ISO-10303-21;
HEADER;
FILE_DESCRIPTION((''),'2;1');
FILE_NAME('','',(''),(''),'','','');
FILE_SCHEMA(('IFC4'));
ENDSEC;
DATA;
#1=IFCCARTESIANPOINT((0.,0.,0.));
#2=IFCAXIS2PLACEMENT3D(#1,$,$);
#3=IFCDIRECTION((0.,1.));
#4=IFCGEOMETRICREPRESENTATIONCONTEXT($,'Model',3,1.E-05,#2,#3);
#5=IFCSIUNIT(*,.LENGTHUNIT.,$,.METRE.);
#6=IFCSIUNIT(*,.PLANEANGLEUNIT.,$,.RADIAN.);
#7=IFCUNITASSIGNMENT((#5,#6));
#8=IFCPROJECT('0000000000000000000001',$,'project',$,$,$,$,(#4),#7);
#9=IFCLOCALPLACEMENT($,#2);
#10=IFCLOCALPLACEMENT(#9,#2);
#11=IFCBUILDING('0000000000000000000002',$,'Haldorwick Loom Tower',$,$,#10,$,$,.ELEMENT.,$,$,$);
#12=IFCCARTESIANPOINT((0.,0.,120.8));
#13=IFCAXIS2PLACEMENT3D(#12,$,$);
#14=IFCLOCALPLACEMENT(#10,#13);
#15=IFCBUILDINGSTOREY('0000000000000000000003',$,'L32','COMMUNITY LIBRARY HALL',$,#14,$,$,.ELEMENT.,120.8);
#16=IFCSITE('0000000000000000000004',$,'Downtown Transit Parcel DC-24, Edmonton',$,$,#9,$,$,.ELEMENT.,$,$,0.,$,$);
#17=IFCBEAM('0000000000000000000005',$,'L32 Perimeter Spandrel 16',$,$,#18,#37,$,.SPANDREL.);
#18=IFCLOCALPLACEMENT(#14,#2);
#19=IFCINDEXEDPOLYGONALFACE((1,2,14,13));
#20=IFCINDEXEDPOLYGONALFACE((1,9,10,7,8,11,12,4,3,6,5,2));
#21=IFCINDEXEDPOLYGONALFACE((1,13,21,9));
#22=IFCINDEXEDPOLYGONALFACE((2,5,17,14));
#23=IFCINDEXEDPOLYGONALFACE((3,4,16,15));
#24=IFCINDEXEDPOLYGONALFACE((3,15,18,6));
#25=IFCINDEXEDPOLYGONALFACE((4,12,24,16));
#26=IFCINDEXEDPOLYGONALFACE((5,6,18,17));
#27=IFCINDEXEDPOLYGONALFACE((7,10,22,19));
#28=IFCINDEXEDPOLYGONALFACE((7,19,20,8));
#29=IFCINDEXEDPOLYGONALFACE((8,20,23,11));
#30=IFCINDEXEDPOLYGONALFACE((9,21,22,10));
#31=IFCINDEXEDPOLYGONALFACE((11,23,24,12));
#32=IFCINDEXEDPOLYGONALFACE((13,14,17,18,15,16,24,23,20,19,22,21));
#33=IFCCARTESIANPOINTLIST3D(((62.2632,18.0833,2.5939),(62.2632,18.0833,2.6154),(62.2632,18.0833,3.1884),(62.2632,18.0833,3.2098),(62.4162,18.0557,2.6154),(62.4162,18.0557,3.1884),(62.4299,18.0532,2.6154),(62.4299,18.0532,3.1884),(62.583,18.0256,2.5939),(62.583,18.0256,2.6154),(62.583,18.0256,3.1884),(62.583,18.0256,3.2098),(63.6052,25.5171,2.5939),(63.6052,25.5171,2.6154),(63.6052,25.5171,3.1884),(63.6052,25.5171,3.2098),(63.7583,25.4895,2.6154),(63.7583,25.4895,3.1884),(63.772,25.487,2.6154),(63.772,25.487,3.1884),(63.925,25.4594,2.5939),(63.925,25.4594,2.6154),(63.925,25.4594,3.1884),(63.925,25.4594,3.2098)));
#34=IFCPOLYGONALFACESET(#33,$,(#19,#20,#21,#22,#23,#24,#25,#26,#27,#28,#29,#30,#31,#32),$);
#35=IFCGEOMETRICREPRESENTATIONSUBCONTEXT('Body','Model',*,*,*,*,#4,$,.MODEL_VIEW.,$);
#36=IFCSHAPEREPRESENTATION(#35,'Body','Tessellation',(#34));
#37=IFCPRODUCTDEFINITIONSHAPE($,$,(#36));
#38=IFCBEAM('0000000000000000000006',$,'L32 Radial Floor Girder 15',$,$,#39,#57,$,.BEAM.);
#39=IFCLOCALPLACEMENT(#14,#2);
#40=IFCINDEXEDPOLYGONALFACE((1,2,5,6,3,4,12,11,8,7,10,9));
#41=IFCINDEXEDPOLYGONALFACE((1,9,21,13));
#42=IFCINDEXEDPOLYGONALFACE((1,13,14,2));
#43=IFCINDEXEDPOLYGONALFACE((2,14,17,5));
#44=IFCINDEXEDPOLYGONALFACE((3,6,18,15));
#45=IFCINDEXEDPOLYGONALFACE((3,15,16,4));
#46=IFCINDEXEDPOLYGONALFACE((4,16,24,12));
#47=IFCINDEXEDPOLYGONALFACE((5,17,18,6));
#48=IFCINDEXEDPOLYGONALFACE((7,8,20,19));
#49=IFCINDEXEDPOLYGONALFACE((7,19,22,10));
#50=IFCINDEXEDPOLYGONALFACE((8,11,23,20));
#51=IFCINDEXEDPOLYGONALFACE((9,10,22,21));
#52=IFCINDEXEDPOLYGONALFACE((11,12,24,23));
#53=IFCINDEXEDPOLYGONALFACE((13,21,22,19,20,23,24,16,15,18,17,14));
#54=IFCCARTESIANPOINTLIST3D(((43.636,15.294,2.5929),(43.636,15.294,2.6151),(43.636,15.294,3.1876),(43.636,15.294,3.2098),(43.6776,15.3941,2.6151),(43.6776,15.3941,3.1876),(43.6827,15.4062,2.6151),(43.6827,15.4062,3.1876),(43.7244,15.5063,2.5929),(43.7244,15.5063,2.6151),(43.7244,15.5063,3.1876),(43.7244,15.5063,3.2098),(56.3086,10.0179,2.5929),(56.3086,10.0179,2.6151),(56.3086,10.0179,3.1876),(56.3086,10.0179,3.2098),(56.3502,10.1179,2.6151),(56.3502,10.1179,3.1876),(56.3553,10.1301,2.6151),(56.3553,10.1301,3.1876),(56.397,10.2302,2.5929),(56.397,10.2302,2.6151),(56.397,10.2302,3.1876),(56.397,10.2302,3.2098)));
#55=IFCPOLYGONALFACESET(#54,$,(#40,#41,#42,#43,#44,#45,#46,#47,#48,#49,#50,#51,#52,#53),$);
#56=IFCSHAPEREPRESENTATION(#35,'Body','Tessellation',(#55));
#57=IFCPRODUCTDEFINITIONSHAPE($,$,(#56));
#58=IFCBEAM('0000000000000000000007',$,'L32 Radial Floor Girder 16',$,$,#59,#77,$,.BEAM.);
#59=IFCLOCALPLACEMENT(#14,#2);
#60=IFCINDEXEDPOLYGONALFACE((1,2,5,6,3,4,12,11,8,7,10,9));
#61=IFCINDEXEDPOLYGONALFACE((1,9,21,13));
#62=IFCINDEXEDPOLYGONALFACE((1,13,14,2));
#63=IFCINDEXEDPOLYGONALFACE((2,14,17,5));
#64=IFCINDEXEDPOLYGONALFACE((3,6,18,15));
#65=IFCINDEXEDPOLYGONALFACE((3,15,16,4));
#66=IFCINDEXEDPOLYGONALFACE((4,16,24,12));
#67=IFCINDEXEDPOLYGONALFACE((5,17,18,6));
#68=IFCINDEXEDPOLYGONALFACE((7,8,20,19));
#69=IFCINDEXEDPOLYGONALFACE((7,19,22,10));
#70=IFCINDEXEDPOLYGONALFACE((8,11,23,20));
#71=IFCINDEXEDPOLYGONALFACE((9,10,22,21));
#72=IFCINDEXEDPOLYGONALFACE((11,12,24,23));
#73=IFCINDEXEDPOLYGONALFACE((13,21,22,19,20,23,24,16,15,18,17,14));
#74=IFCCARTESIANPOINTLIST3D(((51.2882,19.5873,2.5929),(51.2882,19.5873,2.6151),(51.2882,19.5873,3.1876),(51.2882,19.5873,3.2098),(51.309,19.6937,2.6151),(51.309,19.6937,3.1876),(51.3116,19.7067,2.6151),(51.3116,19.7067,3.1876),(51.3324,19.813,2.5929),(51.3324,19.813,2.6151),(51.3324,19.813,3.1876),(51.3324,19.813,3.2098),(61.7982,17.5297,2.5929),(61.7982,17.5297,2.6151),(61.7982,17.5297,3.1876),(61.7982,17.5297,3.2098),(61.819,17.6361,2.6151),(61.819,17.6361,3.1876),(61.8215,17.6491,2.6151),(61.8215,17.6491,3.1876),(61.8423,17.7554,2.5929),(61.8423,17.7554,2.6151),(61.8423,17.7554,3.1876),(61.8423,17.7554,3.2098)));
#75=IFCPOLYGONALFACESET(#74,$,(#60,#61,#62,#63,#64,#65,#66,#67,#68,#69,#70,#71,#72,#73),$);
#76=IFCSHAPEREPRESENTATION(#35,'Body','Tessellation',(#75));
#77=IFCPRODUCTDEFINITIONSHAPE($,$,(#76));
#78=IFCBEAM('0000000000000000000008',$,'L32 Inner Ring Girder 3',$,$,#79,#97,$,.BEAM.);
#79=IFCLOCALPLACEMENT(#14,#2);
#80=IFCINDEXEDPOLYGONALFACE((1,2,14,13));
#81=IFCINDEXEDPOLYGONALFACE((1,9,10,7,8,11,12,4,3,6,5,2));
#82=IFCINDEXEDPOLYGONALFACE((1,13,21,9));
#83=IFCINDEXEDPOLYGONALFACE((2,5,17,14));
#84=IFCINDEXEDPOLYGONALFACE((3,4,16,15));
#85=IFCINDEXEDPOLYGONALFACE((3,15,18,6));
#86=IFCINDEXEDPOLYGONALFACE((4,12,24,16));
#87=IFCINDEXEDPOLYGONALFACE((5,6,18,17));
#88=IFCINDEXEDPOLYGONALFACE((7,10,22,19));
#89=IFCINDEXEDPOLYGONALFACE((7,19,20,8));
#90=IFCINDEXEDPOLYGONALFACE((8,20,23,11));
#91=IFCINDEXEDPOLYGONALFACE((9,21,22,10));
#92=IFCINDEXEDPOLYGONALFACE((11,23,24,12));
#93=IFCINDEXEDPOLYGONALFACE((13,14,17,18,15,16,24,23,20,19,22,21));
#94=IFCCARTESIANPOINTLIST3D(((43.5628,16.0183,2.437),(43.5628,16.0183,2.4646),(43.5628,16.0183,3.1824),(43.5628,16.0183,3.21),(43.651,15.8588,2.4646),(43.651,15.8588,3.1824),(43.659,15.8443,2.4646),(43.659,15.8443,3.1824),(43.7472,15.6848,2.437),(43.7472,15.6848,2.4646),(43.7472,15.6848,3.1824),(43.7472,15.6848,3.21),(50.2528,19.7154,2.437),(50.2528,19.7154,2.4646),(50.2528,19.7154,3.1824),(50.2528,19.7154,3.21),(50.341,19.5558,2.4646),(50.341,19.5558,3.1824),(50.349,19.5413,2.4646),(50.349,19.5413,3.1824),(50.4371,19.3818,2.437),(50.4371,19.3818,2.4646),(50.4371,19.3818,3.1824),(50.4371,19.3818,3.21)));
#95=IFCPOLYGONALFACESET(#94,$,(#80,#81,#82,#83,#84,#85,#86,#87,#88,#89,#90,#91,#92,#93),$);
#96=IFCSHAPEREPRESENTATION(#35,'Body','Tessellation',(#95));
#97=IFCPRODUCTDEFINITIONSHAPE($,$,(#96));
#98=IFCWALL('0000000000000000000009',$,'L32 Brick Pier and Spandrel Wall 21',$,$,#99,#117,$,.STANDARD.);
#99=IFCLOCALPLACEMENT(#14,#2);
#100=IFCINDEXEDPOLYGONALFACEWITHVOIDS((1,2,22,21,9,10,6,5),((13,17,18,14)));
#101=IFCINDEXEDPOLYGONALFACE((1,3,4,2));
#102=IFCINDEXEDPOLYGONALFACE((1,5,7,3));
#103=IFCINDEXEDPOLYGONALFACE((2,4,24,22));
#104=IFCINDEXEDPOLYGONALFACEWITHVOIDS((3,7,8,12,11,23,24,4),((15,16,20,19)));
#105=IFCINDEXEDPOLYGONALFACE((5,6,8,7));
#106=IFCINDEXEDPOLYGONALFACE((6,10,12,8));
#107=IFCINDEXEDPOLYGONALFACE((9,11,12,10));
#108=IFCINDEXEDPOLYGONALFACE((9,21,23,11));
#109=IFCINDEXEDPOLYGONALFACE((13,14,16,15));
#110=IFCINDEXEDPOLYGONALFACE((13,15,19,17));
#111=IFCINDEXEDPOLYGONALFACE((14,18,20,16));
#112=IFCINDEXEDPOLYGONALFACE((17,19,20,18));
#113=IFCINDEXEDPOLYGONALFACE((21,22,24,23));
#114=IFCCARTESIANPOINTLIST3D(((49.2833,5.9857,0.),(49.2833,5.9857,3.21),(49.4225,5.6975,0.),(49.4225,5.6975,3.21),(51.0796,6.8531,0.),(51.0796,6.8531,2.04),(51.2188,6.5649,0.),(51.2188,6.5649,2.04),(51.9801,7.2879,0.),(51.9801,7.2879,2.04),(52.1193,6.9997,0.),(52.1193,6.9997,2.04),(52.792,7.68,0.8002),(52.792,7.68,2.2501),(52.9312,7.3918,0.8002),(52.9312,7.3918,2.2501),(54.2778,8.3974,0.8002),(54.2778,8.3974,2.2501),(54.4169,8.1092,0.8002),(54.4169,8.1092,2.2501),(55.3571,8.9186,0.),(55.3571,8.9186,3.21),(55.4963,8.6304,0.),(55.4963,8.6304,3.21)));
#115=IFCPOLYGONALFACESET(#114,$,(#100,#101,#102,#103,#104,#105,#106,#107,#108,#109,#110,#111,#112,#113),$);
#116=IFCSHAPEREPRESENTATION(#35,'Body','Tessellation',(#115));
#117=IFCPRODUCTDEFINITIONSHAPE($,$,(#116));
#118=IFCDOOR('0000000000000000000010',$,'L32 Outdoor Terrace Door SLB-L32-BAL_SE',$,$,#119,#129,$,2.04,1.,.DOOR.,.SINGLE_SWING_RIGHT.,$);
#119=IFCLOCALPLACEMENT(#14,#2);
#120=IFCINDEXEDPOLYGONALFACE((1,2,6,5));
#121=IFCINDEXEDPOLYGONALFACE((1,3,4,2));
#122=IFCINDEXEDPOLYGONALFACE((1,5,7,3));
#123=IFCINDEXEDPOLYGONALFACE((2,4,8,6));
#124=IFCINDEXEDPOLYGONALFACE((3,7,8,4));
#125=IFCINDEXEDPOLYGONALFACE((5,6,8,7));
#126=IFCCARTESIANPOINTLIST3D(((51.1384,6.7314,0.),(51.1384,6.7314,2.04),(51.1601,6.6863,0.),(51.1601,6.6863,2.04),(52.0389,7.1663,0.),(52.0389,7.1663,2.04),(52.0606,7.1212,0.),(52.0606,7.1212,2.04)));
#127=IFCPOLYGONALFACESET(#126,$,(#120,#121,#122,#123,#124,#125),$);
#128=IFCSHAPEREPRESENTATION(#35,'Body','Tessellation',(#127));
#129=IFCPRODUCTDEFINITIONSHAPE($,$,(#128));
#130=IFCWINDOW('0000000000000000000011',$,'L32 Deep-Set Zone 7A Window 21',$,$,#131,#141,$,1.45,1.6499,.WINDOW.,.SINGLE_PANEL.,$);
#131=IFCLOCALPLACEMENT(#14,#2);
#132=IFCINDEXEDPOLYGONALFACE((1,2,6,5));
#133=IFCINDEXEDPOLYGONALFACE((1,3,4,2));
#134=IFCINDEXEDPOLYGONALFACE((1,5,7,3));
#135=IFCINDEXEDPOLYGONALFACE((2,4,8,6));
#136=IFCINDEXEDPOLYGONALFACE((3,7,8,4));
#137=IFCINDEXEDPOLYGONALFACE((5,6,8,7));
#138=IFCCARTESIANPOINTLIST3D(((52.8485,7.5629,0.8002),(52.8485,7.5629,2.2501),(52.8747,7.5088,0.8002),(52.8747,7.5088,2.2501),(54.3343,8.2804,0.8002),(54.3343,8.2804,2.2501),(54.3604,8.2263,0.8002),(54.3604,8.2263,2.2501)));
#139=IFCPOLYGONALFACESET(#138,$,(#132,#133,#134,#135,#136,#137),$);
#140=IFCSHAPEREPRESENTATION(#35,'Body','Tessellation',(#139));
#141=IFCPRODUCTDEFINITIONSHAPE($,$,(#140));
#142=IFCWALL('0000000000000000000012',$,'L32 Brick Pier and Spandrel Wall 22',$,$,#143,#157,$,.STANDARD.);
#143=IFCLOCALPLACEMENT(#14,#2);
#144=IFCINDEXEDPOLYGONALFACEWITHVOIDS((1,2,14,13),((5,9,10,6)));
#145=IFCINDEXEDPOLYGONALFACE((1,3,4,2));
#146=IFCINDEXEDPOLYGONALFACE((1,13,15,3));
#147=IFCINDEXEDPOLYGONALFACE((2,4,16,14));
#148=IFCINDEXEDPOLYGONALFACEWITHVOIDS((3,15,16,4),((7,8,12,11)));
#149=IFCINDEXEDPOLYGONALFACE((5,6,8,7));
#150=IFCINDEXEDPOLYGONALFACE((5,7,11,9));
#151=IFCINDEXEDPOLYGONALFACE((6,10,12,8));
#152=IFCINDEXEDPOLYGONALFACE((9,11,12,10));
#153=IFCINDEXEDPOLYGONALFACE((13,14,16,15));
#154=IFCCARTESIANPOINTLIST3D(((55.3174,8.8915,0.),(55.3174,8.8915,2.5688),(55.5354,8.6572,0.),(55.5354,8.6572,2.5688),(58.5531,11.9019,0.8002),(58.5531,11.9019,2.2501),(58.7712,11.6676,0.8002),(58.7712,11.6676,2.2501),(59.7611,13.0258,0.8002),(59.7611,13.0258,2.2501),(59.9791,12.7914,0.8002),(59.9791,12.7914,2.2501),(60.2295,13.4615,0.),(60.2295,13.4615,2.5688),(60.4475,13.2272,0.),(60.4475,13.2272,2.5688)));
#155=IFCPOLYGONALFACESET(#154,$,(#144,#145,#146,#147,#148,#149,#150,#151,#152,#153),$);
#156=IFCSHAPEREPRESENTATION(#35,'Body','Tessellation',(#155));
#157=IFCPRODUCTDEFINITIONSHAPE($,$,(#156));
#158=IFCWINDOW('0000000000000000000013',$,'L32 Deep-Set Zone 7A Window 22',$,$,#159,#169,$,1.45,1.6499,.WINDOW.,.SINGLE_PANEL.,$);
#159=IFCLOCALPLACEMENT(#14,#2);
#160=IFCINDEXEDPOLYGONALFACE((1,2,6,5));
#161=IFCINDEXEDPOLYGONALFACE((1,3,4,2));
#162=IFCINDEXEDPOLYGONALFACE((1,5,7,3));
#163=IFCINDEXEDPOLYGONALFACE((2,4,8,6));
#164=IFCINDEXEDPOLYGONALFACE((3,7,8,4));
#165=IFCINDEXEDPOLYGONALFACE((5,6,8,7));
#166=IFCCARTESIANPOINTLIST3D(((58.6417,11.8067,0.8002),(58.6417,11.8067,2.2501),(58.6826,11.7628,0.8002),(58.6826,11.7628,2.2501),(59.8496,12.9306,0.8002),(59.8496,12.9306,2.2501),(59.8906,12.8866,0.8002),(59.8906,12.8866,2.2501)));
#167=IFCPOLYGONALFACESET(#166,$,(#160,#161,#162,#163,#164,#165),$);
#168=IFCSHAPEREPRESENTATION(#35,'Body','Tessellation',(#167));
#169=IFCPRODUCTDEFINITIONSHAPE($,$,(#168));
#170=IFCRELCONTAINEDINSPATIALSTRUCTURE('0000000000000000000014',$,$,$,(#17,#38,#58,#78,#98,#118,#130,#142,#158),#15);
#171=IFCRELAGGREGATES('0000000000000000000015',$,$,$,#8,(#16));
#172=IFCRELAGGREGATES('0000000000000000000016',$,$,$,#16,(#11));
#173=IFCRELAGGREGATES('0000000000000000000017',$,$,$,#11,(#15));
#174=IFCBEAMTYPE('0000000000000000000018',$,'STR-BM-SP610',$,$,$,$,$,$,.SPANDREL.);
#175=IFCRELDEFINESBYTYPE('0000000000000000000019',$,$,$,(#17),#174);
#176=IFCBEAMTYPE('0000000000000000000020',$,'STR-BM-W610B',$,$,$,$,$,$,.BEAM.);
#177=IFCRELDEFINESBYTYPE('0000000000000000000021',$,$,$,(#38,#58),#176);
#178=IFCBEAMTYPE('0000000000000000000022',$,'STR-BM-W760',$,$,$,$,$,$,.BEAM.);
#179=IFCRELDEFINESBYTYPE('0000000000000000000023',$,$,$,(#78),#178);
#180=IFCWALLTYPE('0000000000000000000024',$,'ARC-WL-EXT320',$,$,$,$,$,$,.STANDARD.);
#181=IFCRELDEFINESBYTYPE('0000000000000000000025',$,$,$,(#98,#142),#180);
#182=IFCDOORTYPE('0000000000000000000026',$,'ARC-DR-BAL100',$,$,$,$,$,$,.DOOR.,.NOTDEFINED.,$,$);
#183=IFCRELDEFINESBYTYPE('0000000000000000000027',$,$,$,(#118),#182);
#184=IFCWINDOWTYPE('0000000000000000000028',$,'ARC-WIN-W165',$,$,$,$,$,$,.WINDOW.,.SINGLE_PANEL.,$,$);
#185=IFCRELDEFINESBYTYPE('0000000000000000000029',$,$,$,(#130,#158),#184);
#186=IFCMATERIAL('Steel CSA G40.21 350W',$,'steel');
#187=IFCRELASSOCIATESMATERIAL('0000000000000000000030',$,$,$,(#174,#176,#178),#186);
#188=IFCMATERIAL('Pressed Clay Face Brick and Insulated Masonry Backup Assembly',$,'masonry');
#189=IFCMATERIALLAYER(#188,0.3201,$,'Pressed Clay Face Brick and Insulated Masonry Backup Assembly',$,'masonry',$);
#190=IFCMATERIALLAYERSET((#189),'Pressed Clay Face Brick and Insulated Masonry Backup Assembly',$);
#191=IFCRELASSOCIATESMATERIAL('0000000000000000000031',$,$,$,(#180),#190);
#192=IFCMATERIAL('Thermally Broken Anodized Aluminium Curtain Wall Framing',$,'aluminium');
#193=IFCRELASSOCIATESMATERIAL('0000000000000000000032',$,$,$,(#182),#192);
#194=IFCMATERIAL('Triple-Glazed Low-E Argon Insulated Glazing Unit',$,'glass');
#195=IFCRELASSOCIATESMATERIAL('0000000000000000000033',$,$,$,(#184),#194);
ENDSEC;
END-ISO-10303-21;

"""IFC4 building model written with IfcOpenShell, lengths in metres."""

from ifc_helpers import new_model, si_unit, direction, frame, frame_2d, origin, origin_2d, place, context, subcontext, project, spatial, rectangle, i_section, extrude, material, layer, layer_set, material_profile, profile_set, type_object, element, fill, save


model = new_model("IFC4")

# Units and contexts
model_context = context("Model", 3, precision=1e-05, world=origin(), true_north=direction((0.0, 1.0)))
body_context = subcontext(model_context, "Body", "Model", "MODEL_VIEW")
ifc_project = project(units=[si_unit("LENGTHUNIT", "METRE"), si_unit("PLANEANGLEUNIT", "RADIAN")], contexts=[model_context])

# Site, building, storey
site_placement = place(None, origin())
site = spatial("IfcSite", under=ifc_project, at=site_placement, Name="Downtown Transit Parcel DC-24, Edmonton", CompositionType="ELEMENT", RefElevation=0.0)
building_placement = place(site_placement, origin())
building = spatial("IfcBuilding", under=site, at=building_placement, Name="Haldorwick Loom Tower", CompositionType="ELEMENT")
storey_placement = place(building_placement, frame((0.0, 0.0, 120.8)))
storey = spatial("IfcBuildingStorey", under=building, at=storey_placement, Name="L32", Description="COMMUNITY LIBRARY HALL", CompositionType="ELEMENT", Elevation=120.8)

# Beams
ifc_material_1 = material(Name="Steel CSA G40.21 350W", Category="steel")
ifc_material_profile_1 = material_profile(ifc_material_1, i_section(OverallWidth=0.325, OverallDepth=0.616, WebThickness=0.0139, FlangeThickness=0.0215, at=origin_2d()), Name="W610X174", Category="steel")
ifc_profile_set_1 = profile_set([ifc_material_profile_1], Name="Steel CSA G40.21 350W")
beam_type_1 = type_object("IfcBeamType", Name="STR-BM-SP610", PredefinedType="SPANDREL", material=ifc_profile_set_1)
beam_1_placement = place(storey_placement, frame((62.4231, 18.0544, 2.9019), z_axis=(0.177659, 0.984092, 0.0), x_axis=(-0.984092, 0.177659, 0.0)))
element("IfcBeam", 1, at=beam_1_placement, inside=storey, type_object=beam_type_1, Name="L32 Perimeter Spandrel 16", PredefinedType="SPANDREL", context=body_context, shape_type="SweptSolid", body=[
    extrude(i_section(OverallWidth=0.325, OverallDepth=0.616, WebThickness=0.0139, FlangeThickness=0.0215, at=origin_2d()), origin(), (0.0, 0.0, 1.0), 7.554),
])
ifc_material_profile_2 = material_profile(ifc_material_1, i_section(OverallWidth=0.23, OverallDepth=0.6169, WebThickness=0.0132, FlangeThickness=0.0222, at=origin_2d()), Name="W610X140", Category="steel")
ifc_profile_set_2 = profile_set([ifc_material_profile_2], Name="Steel CSA G40.21 350W")
beam_type_2 = type_object("IfcBeamType", Name="STR-BM-W610B", PredefinedType="BEAM", material=ifc_profile_set_2)
beam_2_placement = place(storey_placement, frame((43.6802, 15.4001, 2.9014), z_axis=(0.923184, -0.384359, 0.0), x_axis=(0.384359, 0.923184, 0.0)))
element("IfcBeam", 2, at=beam_2_placement, inside=storey, type_object=beam_type_2, Name="L32 Radial Floor Girder 15", PredefinedType="BEAM", context=body_context, shape_type="SweptSolid", body=[
    extrude(i_section(OverallWidth=0.23, OverallDepth=0.6169, WebThickness=0.0132, FlangeThickness=0.0222, at=origin_2d()), origin(), (0.0, 0.0, 1.0), 13.7271),
])
beam_3_placement = place(storey_placement, frame((51.3103, 19.7002, 2.9014), z_axis=(0.98137, -0.192129, 0.0), x_axis=(0.192129, 0.98137, 0.0)))
element("IfcBeam", 3, at=beam_3_placement, inside=storey, type_object=beam_type_2, Name="L32 Radial Floor Girder 16", PredefinedType="BEAM", context=body_context, shape_type="SweptSolid", body=[
    extrude(i_section(OverallWidth=0.23, OverallDepth=0.6169, WebThickness=0.0132, FlangeThickness=0.0222, at=origin_2d()), origin(), (0.0, 0.0, 1.0), 10.7095),
])
ifc_material_profile_3 = material_profile(ifc_material_1, i_section(OverallWidth=0.3811, OverallDepth=0.7729, WebThickness=0.0166, FlangeThickness=0.0276, at=origin_2d()), Name="W760X257", Category="steel")
ifc_profile_set_3 = profile_set([ifc_material_profile_3], Name="Steel CSA G40.21 350W")
beam_type_3 = type_object("IfcBeamType", Name="STR-BM-W760", PredefinedType="BEAM", material=ifc_profile_set_3)
beam_4_placement = place(storey_placement, frame((50.345, 19.5486, 2.8235), z_axis=(-0.875244, -0.483681, 0.0), x_axis=(0.483681, -0.875244, 0.0)))
element("IfcBeam", 4, at=beam_4_placement, inside=storey, type_object=beam_type_3, Name="L32 Inner Ring Girder 3", PredefinedType="BEAM", context=body_context, shape_type="SweptSolid", body=[
    extrude(i_section(OverallWidth=0.3811, OverallDepth=0.7729, WebThickness=0.0166, FlangeThickness=0.0276, at=origin_2d()), origin(), (0.0, 0.0, 1.0), 7.6436),
])

# Wall, openings, door, window
ifc_material_2 = material(Name="Pressed Clay Face Brick and Insulated Masonry Backup Assembly", Category="masonry")
ifc_layer_1 = layer(ifc_material_2, 0.3201, Name="Pressed Clay Face Brick and Insulated Masonry Backup Assembly", Category="masonry")
ifc_layer_set_1 = layer_set([ifc_layer_1], Name="Pressed Clay Face Brick and Insulated Masonry Backup Assembly")
wall_type_1 = type_object("IfcWallType", Name="ARC-WL-EXT320", PredefinedType="STANDARD", material=ifc_layer_set_1)
wall_1_placement = place(storey_placement, frame((49.3528, 5.8416, 0.0), z_axis=(0.0, 0.0, 1.0), x_axis=(0.90051, 0.434835, 0.0)))
wall_1 = element("IfcWall", 5, at=wall_1_placement, inside=storey, type_object=wall_type_1, Name="L32 Brick Pier and Spandrel Wall 21", PredefinedType="STANDARD", context=body_context, shape_type="SweptSolid", body=[
    extrude(rectangle(XDim=6.7449, YDim=0.3201, at=frame_2d((3.3726, 0.0))), origin(), (0.0, 0.0, 1.0), 3.21),
])
opening_1_placement = place(wall_1_placement, frame((1.9949, 0.0, 0.0)))
opening_1 = element("IfcOpeningElement", 6, at=opening_1_placement, cuts=wall_1, PredefinedType="OPENING", context=body_context, shape_type="SweptSolid", body=[
    extrude(rectangle(XDim=1.0, YDim=2.04, at=frame_2d((0.5, 1.02))), frame((0.0, 0.1699, 0.0), z_axis=(0.0, -1.0, 0.0), x_axis=(1.0, 0.0, 0.0)), (0.0, 0.0, 1.0), 0.3401),
])
opening_2_placement = place(wall_1_placement, frame((3.8965, 0.0, 0.8)))
opening_2 = element("IfcOpeningElement", 7, at=opening_2_placement, cuts=wall_1, PredefinedType="OPENING", context=body_context, shape_type="SweptSolid", body=[
    extrude(rectangle(XDim=1.6499, YDim=1.45, at=frame_2d((0.825, 0.7251))), frame((0.0, 0.1699, 0.0), z_axis=(0.0, -1.0, 0.0), x_axis=(1.0, 0.0, 0.0)), (0.0, 0.0, 1.0), 0.3401),
])
ifc_material_3 = material(Name="Thermally Broken Anodized Aluminium Curtain Wall Framing", Category="aluminium")
door_type_1 = type_object("IfcDoorType", Name="ARC-DR-BAL100", OperationType="NOTDEFINED", PredefinedType="DOOR", material=ifc_material_3)
door_1_placement = place(opening_1_placement, origin())
door_1 = element("IfcDoor", 8, at=door_1_placement, inside=storey, type_object=door_type_1, Name="L32 Outdoor Terrace Door SLB-L32-BAL_SE", OperationType="SINGLE_SWING_RIGHT", OverallHeight=2.04, OverallWidth=1.0, PredefinedType="DOOR", context=body_context, shape_type="SweptSolid", body=[
    extrude(rectangle(XDim=1.0, YDim=2.04, at=frame_2d((0.5, 1.02))), frame((0.0, 0.0249, 0.0), z_axis=(0.0, -1.0, 0.0), x_axis=(1.0, 0.0, 0.0)), (0.0, 0.0, 1.0), 0.05),
])
fill(opening_1, door_1)
ifc_material_4 = material(Name="Triple-Glazed Low-E Argon Insulated Glazing Unit", Category="glass")
window_type = type_object("IfcWindowType", Name="ARC-WIN-W165", PartitioningType="SINGLE_PANEL", PredefinedType="WINDOW", material=ifc_material_4)
window_1_placement = place(opening_2_placement, origin())
window_1 = element("IfcWindow", 9, at=window_1_placement, inside=storey, type_object=window_type, Name="L32 Deep-Set Zone 7A Window 21", OverallHeight=1.45, OverallWidth=1.6499, PartitioningType="SINGLE_PANEL", PredefinedType="WINDOW", context=body_context, shape_type="SweptSolid", body=[
    extrude(rectangle(XDim=1.6499, YDim=1.45, at=frame_2d((0.825, 0.7251))), frame((0.0, 0.03, 0.0), z_axis=(0.0, -1.0, 0.0), x_axis=(1.0, 0.0, 0.0)), (0.0, 0.0, 1.0), 0.0601),
])
fill(opening_2, window_1)

# Wall, opening, window
wall_2_placement = place(storey_placement, frame((55.4265, 8.7744, 0.0), z_axis=(0.0, 0.0, 1.0), x_axis=(0.732137, 0.681157, 0.0)))
wall_2 = element("IfcWall", 10, at=wall_2_placement, inside=storey, type_object=wall_type_1, Name="L32 Brick Pier and Spandrel Wall 22", PredefinedType="STANDARD", context=body_context, shape_type="SweptSolid", body=[
    extrude(rectangle(XDim=6.7092, YDim=0.3201, at=frame_2d((3.3545, 0.0))), origin(), (0.0, 0.0, 1.0), 2.5688),
])
opening_3_placement = place(wall_2_placement, frame((4.4194, 0.0, 0.8)))
opening_3 = element("IfcOpeningElement", 11, at=opening_3_placement, cuts=wall_2, PredefinedType="OPENING", context=body_context, shape_type="SweptSolid", body=[
    extrude(rectangle(XDim=1.6499, YDim=1.45, at=frame_2d((0.825, 0.7251))), frame((0.0, 0.1699, 0.0), z_axis=(0.0, -1.0, 0.0), x_axis=(1.0, 0.0, 0.0)), (0.0, 0.0, 1.0), 0.3401),
])
window_2_placement = place(opening_3_placement, origin())
window_2 = element("IfcWindow", 12, at=window_2_placement, inside=storey, type_object=window_type, Name="L32 Deep-Set Zone 7A Window 22", OverallHeight=1.45, OverallWidth=1.6499, PartitioningType="SINGLE_PANEL", PredefinedType="WINDOW", context=body_context, shape_type="SweptSolid", body=[
    extrude(rectangle(XDim=1.6499, YDim=1.45, at=frame_2d((0.825, 0.7251))), frame((0.0, 0.03, 0.0), z_axis=(0.0, -1.0, 0.0), x_axis=(1.0, 0.0, 0.0)), (0.0, 0.0, 1.0), 0.0601),
])
fill(opening_3, window_2)

save(model, "model.ifc")
